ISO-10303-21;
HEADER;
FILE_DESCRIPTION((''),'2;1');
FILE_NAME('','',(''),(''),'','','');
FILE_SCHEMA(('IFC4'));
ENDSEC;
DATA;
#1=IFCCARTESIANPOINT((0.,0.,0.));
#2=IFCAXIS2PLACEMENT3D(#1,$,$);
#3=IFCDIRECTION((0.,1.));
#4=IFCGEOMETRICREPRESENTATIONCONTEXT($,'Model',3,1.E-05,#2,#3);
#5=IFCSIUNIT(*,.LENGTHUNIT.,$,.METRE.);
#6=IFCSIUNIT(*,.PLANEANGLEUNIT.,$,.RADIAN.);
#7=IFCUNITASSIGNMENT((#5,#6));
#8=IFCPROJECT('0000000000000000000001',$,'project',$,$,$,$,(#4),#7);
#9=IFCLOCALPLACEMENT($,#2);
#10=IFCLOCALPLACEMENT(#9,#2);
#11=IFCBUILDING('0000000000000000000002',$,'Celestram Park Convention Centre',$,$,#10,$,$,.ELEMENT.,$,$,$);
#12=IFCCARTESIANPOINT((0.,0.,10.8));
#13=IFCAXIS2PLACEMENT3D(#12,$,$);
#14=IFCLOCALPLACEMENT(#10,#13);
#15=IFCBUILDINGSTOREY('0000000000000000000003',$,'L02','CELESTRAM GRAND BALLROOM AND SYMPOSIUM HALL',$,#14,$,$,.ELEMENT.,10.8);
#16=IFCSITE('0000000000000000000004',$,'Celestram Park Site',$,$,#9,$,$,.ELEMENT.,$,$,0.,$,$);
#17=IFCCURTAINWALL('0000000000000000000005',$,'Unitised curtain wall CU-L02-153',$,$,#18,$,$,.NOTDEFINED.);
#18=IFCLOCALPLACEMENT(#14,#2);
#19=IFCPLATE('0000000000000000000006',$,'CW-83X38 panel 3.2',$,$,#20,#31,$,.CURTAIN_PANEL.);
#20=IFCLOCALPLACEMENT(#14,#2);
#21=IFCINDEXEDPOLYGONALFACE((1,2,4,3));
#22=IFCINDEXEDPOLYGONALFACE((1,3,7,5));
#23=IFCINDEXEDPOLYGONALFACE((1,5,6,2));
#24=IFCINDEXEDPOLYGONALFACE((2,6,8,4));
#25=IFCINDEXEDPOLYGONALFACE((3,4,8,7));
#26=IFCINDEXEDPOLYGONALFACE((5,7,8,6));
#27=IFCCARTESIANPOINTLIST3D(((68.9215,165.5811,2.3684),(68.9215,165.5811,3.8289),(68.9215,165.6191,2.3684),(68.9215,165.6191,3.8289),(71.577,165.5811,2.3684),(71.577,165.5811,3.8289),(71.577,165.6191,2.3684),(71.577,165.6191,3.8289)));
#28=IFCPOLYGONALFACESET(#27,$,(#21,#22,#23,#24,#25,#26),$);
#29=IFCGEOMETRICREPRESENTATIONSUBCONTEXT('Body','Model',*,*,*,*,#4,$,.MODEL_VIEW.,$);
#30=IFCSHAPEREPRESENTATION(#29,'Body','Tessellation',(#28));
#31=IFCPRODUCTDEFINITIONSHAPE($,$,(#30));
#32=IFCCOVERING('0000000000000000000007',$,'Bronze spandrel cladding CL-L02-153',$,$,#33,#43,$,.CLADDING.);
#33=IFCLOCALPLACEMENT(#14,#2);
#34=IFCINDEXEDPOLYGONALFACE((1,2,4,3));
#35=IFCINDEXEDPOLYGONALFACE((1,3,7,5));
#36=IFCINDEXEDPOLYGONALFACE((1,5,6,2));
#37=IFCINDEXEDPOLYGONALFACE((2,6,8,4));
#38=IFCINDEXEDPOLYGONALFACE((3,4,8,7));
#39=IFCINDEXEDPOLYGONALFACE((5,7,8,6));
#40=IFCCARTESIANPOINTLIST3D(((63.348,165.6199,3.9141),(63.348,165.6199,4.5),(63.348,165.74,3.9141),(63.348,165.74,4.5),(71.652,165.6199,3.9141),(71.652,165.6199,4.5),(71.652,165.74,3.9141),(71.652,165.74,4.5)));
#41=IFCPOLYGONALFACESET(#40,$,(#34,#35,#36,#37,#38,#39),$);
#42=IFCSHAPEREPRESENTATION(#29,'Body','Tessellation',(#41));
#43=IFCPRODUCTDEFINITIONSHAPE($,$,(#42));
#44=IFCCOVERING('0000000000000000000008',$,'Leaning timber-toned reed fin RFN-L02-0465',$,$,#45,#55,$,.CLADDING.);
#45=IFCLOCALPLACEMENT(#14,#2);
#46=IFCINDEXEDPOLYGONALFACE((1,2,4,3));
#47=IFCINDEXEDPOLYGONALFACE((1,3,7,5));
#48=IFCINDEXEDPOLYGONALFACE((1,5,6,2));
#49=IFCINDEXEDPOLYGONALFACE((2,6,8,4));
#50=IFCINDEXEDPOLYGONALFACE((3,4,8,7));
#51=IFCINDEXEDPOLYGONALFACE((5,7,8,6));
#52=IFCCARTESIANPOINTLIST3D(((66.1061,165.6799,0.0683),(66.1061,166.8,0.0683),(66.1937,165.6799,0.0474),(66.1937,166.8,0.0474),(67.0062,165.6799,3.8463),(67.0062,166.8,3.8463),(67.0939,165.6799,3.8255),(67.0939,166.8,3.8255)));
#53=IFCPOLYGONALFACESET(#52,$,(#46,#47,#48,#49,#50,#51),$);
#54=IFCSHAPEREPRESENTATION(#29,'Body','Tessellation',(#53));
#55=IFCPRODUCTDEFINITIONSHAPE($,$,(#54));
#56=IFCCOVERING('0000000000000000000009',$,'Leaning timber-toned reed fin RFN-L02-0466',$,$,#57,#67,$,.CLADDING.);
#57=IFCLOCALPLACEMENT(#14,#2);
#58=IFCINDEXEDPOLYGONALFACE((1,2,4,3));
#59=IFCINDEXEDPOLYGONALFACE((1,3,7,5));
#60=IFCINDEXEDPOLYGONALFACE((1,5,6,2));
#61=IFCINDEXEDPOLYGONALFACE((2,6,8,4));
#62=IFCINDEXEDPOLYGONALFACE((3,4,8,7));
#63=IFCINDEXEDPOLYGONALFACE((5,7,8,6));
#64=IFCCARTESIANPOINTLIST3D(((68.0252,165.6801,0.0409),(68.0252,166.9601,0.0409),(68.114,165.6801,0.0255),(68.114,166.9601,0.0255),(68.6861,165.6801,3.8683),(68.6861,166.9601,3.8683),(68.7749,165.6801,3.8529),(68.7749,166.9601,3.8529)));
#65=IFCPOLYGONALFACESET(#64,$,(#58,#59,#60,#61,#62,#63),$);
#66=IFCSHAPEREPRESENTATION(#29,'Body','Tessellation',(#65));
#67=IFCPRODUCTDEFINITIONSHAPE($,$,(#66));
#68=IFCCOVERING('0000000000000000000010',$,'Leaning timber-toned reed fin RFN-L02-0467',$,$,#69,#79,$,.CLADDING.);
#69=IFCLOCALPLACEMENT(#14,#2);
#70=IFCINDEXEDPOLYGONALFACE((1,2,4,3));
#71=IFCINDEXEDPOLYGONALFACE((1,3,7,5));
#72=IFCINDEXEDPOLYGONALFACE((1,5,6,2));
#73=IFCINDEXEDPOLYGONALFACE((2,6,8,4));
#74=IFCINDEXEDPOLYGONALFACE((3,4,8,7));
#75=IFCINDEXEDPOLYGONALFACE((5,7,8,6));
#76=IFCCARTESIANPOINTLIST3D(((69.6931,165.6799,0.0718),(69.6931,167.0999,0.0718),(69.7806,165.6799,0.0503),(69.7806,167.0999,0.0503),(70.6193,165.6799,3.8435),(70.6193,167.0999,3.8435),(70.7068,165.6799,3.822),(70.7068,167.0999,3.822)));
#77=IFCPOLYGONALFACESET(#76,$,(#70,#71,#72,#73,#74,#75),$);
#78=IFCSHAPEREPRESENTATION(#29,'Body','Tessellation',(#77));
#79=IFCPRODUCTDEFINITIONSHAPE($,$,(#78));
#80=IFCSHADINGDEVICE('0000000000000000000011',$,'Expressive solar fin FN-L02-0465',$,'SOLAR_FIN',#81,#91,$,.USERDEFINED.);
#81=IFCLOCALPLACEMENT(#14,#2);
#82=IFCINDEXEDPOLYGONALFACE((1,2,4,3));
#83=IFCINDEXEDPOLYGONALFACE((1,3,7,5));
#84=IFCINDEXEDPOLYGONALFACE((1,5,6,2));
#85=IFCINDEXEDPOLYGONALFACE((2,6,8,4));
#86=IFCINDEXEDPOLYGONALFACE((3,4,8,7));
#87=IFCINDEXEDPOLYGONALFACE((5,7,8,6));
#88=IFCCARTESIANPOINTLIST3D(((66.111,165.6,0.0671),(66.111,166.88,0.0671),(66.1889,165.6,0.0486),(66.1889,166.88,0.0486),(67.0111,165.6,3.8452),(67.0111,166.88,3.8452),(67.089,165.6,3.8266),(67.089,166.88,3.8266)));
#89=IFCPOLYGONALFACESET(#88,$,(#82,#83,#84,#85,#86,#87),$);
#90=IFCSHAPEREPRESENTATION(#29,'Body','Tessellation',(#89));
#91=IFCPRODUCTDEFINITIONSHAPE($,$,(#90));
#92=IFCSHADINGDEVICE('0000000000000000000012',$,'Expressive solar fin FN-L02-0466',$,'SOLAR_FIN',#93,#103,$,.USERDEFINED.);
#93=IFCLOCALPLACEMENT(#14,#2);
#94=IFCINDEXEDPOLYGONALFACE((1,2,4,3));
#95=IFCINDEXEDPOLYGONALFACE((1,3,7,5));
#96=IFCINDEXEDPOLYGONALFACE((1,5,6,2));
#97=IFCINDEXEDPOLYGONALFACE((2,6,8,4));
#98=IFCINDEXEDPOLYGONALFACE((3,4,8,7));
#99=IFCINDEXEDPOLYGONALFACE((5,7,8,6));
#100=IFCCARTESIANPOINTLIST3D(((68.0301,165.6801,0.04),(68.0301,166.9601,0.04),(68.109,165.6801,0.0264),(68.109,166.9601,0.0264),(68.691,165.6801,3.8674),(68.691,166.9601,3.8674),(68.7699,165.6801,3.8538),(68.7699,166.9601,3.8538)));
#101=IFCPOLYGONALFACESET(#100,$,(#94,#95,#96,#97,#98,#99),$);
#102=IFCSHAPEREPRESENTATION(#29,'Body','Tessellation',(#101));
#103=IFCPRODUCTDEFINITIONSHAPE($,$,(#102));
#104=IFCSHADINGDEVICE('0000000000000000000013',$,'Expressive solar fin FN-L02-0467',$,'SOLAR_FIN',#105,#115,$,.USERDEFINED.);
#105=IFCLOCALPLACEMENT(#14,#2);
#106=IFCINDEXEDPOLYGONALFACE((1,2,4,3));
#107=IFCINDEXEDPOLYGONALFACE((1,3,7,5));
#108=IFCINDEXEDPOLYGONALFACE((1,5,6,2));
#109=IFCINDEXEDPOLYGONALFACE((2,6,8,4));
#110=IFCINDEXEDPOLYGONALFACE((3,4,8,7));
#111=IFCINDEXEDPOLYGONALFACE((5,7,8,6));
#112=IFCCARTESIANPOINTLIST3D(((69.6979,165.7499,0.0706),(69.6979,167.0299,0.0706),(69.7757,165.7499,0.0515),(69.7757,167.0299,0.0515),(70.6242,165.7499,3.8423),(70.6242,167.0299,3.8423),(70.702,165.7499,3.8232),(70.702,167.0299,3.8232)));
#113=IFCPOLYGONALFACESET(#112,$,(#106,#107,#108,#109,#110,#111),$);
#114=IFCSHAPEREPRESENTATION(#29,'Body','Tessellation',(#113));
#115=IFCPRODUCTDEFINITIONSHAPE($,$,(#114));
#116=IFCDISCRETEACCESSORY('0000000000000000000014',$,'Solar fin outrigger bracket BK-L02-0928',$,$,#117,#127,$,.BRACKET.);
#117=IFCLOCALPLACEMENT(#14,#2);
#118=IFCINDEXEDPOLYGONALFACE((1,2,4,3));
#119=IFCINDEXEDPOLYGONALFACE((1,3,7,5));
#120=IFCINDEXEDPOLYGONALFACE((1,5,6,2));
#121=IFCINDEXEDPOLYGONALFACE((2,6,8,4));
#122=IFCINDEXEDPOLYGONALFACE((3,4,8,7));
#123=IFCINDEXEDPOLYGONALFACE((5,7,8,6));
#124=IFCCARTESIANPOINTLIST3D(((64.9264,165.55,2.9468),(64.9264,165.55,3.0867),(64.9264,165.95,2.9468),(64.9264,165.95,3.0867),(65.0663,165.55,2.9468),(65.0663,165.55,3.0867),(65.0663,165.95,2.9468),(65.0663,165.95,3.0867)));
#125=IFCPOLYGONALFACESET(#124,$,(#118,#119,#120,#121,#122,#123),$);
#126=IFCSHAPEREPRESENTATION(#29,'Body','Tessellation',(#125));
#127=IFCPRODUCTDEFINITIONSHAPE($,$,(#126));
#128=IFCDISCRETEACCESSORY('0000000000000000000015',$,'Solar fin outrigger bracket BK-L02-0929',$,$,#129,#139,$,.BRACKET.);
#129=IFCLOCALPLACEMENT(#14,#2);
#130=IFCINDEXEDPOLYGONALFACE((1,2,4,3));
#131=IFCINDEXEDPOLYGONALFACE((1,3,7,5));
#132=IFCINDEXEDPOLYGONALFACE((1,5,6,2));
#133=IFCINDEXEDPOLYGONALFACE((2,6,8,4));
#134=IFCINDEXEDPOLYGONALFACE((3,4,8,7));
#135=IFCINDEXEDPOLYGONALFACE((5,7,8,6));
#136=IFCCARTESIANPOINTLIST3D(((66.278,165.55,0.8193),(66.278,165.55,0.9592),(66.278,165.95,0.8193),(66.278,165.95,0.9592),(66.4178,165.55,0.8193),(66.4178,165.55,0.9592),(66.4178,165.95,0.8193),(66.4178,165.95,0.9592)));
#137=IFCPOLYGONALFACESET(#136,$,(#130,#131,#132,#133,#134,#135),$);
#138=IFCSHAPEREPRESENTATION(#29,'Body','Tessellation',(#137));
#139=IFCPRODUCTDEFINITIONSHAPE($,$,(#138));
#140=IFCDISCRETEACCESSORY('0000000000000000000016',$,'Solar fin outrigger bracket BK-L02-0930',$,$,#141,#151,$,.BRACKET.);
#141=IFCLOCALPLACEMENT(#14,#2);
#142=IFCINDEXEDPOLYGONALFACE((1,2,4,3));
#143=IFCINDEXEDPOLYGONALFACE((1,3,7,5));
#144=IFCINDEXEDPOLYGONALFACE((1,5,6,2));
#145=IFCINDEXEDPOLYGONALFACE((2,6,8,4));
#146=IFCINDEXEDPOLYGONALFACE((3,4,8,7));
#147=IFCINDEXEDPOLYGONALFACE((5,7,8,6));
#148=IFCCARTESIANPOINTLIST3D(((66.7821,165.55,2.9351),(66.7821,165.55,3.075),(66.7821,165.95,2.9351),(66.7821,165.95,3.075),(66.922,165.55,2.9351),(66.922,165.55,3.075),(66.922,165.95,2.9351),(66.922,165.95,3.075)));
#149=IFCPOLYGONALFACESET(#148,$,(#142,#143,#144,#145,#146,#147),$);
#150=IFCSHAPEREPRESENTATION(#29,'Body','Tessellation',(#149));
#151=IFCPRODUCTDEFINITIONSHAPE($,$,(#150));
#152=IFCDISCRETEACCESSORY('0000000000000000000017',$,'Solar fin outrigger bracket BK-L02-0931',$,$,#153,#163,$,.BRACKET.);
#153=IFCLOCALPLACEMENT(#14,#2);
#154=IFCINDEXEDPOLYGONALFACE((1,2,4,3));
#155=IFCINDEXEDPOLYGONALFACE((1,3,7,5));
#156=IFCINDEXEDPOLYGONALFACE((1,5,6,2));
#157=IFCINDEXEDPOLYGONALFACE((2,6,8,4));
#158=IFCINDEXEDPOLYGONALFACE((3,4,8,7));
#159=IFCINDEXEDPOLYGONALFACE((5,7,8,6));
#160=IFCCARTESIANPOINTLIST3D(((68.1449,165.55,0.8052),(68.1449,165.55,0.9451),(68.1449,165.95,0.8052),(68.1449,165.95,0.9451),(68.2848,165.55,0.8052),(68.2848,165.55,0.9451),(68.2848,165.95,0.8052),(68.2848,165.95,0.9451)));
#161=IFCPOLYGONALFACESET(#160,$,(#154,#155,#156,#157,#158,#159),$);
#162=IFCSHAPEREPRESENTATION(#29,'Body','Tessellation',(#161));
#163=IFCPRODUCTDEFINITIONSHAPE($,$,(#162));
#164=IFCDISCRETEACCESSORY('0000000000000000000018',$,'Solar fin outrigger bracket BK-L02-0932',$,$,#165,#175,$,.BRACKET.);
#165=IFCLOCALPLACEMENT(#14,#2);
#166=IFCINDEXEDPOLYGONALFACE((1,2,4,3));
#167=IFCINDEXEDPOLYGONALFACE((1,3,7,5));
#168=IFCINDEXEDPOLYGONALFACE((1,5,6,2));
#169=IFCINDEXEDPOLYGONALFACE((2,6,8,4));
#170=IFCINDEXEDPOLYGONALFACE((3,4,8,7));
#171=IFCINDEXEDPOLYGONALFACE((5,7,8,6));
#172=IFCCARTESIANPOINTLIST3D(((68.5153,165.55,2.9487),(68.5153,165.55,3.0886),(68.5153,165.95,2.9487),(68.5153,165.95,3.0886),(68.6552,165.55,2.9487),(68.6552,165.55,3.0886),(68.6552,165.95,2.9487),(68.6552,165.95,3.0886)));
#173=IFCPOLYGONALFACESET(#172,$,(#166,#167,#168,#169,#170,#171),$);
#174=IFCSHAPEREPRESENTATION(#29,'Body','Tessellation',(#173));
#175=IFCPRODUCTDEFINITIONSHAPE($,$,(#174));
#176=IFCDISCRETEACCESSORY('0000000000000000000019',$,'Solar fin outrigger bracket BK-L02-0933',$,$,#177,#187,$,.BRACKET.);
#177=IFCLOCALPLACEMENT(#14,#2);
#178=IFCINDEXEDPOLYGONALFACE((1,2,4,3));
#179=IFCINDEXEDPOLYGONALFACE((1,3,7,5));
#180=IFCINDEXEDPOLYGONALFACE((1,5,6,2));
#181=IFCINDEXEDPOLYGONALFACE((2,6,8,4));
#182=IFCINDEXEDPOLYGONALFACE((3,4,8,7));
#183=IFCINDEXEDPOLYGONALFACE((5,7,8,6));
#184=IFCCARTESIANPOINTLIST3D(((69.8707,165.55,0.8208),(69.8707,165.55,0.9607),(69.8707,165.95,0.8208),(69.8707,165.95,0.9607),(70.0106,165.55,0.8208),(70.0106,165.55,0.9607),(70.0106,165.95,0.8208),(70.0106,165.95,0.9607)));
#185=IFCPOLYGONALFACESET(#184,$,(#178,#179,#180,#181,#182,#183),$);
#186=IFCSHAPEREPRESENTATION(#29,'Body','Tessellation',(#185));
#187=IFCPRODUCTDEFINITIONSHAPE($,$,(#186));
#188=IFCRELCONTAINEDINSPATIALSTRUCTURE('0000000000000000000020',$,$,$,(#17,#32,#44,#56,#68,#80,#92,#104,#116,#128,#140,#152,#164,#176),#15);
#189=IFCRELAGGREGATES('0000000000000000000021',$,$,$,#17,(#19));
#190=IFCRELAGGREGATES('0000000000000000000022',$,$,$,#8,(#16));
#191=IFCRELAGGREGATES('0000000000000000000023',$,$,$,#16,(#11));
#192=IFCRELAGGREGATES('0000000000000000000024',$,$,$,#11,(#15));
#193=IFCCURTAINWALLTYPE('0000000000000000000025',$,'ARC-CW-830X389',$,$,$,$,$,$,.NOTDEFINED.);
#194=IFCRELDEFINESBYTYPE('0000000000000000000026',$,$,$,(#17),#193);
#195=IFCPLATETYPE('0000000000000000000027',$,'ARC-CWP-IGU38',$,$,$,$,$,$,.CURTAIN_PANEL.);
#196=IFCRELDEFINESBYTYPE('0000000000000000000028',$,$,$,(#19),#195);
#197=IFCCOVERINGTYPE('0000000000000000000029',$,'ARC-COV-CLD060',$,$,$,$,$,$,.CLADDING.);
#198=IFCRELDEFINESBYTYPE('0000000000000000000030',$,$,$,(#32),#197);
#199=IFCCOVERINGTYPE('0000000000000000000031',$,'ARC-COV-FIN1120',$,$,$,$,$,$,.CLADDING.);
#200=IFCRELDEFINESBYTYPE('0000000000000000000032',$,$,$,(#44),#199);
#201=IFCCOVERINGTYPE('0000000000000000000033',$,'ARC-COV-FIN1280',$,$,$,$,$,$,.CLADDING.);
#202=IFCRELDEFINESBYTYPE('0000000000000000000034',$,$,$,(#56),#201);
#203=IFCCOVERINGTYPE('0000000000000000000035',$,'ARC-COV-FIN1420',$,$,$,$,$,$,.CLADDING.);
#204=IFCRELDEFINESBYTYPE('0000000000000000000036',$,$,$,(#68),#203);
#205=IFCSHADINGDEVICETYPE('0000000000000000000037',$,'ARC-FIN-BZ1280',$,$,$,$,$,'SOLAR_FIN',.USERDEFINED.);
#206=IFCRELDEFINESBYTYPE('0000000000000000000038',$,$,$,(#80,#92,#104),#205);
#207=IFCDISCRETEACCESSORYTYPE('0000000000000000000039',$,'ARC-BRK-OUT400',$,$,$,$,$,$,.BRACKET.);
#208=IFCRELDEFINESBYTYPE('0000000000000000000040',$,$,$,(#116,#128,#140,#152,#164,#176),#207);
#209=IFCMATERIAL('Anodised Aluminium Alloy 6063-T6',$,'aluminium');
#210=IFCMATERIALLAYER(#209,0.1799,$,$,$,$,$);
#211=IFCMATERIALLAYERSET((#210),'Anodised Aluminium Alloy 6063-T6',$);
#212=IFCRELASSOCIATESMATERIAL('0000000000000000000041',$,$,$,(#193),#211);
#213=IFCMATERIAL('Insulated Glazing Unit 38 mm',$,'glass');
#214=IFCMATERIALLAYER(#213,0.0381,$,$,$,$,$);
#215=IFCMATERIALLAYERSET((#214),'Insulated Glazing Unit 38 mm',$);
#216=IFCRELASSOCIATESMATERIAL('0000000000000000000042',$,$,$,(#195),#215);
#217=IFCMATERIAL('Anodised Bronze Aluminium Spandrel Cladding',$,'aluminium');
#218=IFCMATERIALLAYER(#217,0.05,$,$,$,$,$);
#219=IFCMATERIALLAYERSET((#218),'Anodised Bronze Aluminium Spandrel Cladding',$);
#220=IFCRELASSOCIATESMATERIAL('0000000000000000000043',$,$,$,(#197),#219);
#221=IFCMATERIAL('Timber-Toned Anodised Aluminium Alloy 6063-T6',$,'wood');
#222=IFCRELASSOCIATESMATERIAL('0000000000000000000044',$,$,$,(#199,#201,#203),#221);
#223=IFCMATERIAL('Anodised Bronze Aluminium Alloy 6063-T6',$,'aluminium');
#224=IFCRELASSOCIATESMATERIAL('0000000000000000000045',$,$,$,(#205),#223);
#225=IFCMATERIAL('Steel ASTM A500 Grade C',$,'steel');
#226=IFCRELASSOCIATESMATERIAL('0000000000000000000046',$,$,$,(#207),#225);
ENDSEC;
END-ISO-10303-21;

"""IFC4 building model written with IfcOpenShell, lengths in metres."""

from ifc_helpers import new_model, si_unit, direction, frame, origin, origin_2d, place, context, subcontext, project, spatial, rectangle, extrude, material, layer, layer_set, material_profile, profile_set, type_object, element, aggregate, save


model = new_model("IFC4")

# Units and contexts
model_context = context("Model", 3, precision=1e-05, world=origin(), true_north=direction((0.0, 1.0)))
body_context = subcontext(model_context, "Body", "Model", "MODEL_VIEW")
ifc_project = project(units=[si_unit("LENGTHUNIT", "METRE"), si_unit("PLANEANGLEUNIT", "RADIAN")], contexts=[model_context])

# Site, building, storey
site_placement = place(None, origin())
site = spatial("IfcSite", under=ifc_project, at=site_placement, Name="Celestram Park Site", CompositionType="ELEMENT", RefElevation=0.0)
building_placement = place(site_placement, origin())
building = spatial("IfcBuilding", under=site, at=building_placement, Name="Celestram Park Convention Centre", CompositionType="ELEMENT")
storey_placement = place(building_placement, frame((0.0, 0.0, 10.8)))
storey = spatial("IfcBuildingStorey", under=building, at=storey_placement, Name="L02", Description="CELESTRAM GRAND BALLROOM AND SYMPOSIUM HALL", CompositionType="ELEMENT", Elevation=10.8)

# Curtain wall, plate
ifc_material_1 = material(Name="Anodised Aluminium Alloy 6063-T6", Category="aluminium")
ifc_layer_1 = layer(ifc_material_1, 0.1799)
ifc_layer_set_1 = layer_set([ifc_layer_1], Name="Anodised Aluminium Alloy 6063-T6")
curtain_wall_type = type_object("IfcCurtainWallType", Name="ARC-CW-830X389", PredefinedType="NOTDEFINED", material=ifc_layer_set_1)
curtain_wall_placement = place(storey_placement, origin())
curtain_wall = element("IfcCurtainWall", 1, at=curtain_wall_placement, inside=storey, type_object=curtain_wall_type, Name="Unitised curtain wall CU-L02-153", PredefinedType="NOTDEFINED")
ifc_material_2 = material(Name="Insulated Glazing Unit 38 mm", Category="glass")
ifc_layer_2 = layer(ifc_material_2, 0.0381)
ifc_layer_set_2 = layer_set([ifc_layer_2], Name="Insulated Glazing Unit 38 mm")
plate_type = type_object("IfcPlateType", Name="ARC-CWP-IGU38", PredefinedType="CURTAIN_PANEL", material=ifc_layer_set_2)
plate_1_placement = place(storey_placement, frame((70.2493, 165.6001, 2.3684), z_axis=(0.0, 0.0, 1.0), x_axis=(1.0, 0.0, 0.0)))
plate_1 = element("IfcPlate", 2, at=plate_1_placement, type_object=plate_type, Name="CW-83X38 panel 3.2", PredefinedType="CURTAIN_PANEL", context=body_context, shape_type="SweptSolid", body=[
    extrude(rectangle(XDim=2.6555, YDim=0.0381, at=origin_2d()), origin(), (0.0, 0.0, 1.0), 1.4604),
])
aggregate(curtain_wall, [plate_1])

# Coverings
ifc_material_3 = material(Name="Anodised Bronze Aluminium Spandrel Cladding", Category="aluminium")
ifc_layer_3 = layer(ifc_material_3, 0.05)
ifc_layer_set_3 = layer_set([ifc_layer_3], Name="Anodised Bronze Aluminium Spandrel Cladding")
covering_type_1 = type_object("IfcCoveringType", Name="ARC-COV-CLD060", PredefinedType="CLADDING", material=ifc_layer_set_3)
covering_1_placement = place(storey_placement, frame((67.5, 165.6799, 3.9141), z_axis=(0.0, 0.0, 1.0), x_axis=(1.0, 0.0, 0.0)))
element("IfcCovering", 3, at=covering_1_placement, inside=storey, type_object=covering_type_1, Name="Bronze spandrel cladding CL-L02-153", PredefinedType="CLADDING", context=body_context, shape_type="SweptSolid", body=[
    extrude(rectangle(XDim=8.304, YDim=0.1201, at=origin_2d()), origin(), (0.0, 0.0, 1.0), 0.5859),
])
ifc_material_4 = material(Name="Timber-Toned Anodised Aluminium Alloy 6063-T6", Category="wood")
ifc_material_profile_1 = material_profile(ifc_material_4, rectangle(XDim=1.1201, YDim=0.0901, at=origin_2d()), Name="REED1120X90")
ifc_profile_set_1 = profile_set([ifc_material_profile_1], Name="Timber-Toned Anodised Aluminium Alloy 6063-T6")
covering_type_2 = type_object("IfcCoveringType", Name="ARC-COV-FIN1120", PredefinedType="CLADDING", material=ifc_profile_set_1)
covering_2_placement = place(storey_placement, frame((66.1499, 166.24, 0.0579), z_axis=(0.231768, 0.0, 0.972771), x_axis=(0.0, 1.0, 0.0)))
element("IfcCovering", 4, at=covering_2_placement, inside=storey, type_object=covering_type_2, Name="Leaning timber-toned reed fin RFN-L02-0465", PredefinedType="CLADDING", context=body_context, shape_type="SweptSolid", body=[
    extrude(rectangle(XDim=1.1201, YDim=0.0901, at=origin_2d()), origin(), (0.0, 0.0, 1.0), 3.8838),
])
ifc_material_profile_2 = material_profile(ifc_material_4, rectangle(XDim=1.28, YDim=0.0901, at=origin_2d()), Name="REED1280X90")
ifc_profile_set_2 = profile_set([ifc_material_profile_2], Name="Timber-Toned Anodised Aluminium Alloy 6063-T6")
covering_type_3 = type_object("IfcCoveringType", Name="ARC-COV-FIN1280", PredefinedType="CLADDING", material=ifc_profile_set_2)
covering_3_placement = place(storey_placement, frame((68.0696, 166.3201, 0.0332), z_axis=(0.170155, 0.0, 0.985417), x_axis=(0.0, 1.0, 0.0)))
element("IfcCovering", 5, at=covering_3_placement, inside=storey, type_object=covering_type_3, Name="Leaning timber-toned reed fin RFN-L02-0466", PredefinedType="CLADDING", context=body_context, shape_type="SweptSolid", body=[
    extrude(rectangle(XDim=1.28, YDim=0.0901, at=origin_2d()), origin(), (0.0, 0.0, 1.0), 3.884),
])
ifc_material_profile_3 = material_profile(ifc_material_4, rectangle(XDim=1.4199, YDim=0.0901, at=origin_2d()), Name="REED1420X90")
ifc_profile_set_3 = profile_set([ifc_material_profile_3], Name="Timber-Toned Anodised Aluminium Alloy 6063-T6")
covering_type_4 = type_object("IfcCoveringType", Name="ARC-COV-FIN1420", PredefinedType="CLADDING", material=ifc_profile_set_3)
covering_4_placement = place(storey_placement, frame((69.7368, 166.3899, 0.061), z_axis=(0.238496, 0.0, 0.971144), x_axis=(0.0, 1.0, 0.0)))
element("IfcCovering", 6, at=covering_4_placement, inside=storey, type_object=covering_type_4, Name="Leaning timber-toned reed fin RFN-L02-0467", PredefinedType="CLADDING", context=body_context, shape_type="SweptSolid", body=[
    extrude(rectangle(XDim=1.4199, YDim=0.0901, at=origin_2d()), origin(), (0.0, 0.0, 1.0), 3.8838),
])

# Shading devices
ifc_material_5 = material(Name="Anodised Bronze Aluminium Alloy 6063-T6", Category="aluminium")
ifc_material_profile_4 = material_profile(ifc_material_5, rectangle(XDim=1.28, YDim=0.0801, at=origin_2d()), Name="FIN1280X80")
ifc_profile_set_4 = profile_set([ifc_material_profile_4], Name="Anodised Bronze Aluminium Alloy 6063-T6")
shading_device_type = type_object("IfcShadingDeviceType", Name="ARC-FIN-BZ1280", ElementType="SOLAR_FIN", PredefinedType="USERDEFINED", material=ifc_profile_set_4)
shading_device_1_placement = place(storey_placement, frame((66.1499, 166.24, 0.0579), z_axis=(0.231768, 0.0, 0.972771), x_axis=(0.0, 1.0, 0.0)))
element("IfcShadingDevice", 7, at=shading_device_1_placement, inside=storey, type_object=shading_device_type, Name="Expressive solar fin FN-L02-0465", ObjectType="SOLAR_FIN", PredefinedType="USERDEFINED", context=body_context, shape_type="SweptSolid", body=[
    extrude(rectangle(XDim=1.28, YDim=0.0801, at=origin_2d()), origin(), (0.0, 0.0, 1.0), 3.8838),
])
shading_device_2_placement = place(storey_placement, frame((68.0696, 166.3201, 0.0332), z_axis=(0.170155, 0.0, 0.985417), x_axis=(0.0, 1.0, 0.0)))
element("IfcShadingDevice", 8, at=shading_device_2_placement, inside=storey, type_object=shading_device_type, Name="Expressive solar fin FN-L02-0466", ObjectType="SOLAR_FIN", PredefinedType="USERDEFINED", context=body_context, shape_type="SweptSolid", body=[
    extrude(rectangle(XDim=1.28, YDim=0.0801, at=origin_2d()), origin(), (0.0, 0.0, 1.0), 3.884),
])
shading_device_3_placement = place(storey_placement, frame((69.7368, 166.3899, 0.061), z_axis=(0.238496, 0.0, 0.971144), x_axis=(0.0, 1.0, 0.0)))
element("IfcShadingDevice", 9, at=shading_device_3_placement, inside=storey, type_object=shading_device_type, Name="Expressive solar fin FN-L02-0467", ObjectType="SOLAR_FIN", PredefinedType="USERDEFINED", context=body_context, shape_type="SweptSolid", body=[
    extrude(rectangle(XDim=1.28, YDim=0.0801, at=origin_2d()), origin(), (0.0, 0.0, 1.0), 3.8838),
])

# Discrete accessories
ifc_material_6 = material(Name="Steel ASTM A500 Grade C", Category="steel")
discrete_accessory_type = type_object("IfcDiscreteAccessoryType", Name="ARC-BRK-OUT400", PredefinedType="BRACKET", material=ifc_material_6)
for number, where, z_axis, x_axis, name in (
    (10, (64.9963, 165.75, 2.9468), (0.0, 0.0, 1.0), (0.0, 1.0, 0.0), "Solar fin outrigger bracket BK-L02-0928"),
    (11, (66.3479, 165.75, 0.8193), (0.0, 0.0, 1.0), (0.0, 1.0, 0.0), "Solar fin outrigger bracket BK-L02-0929"),
    (12, (66.8521, 165.75, 2.9351), (0.0, 0.0, 1.0), (0.0, 1.0, 0.0), "Solar fin outrigger bracket BK-L02-0930"),
    (13, (68.2148, 165.75, 0.8052), (0.0, 0.0, 1.0), (0.0, 1.0, 0.0), "Solar fin outrigger bracket BK-L02-0931"),
    (14, (68.5852, 165.75, 2.9487), (0.0, 0.0, 1.0), (0.0, 1.0, 0.0), "Solar fin outrigger bracket BK-L02-0932"),
    (15, (69.9407, 165.75, 0.8208), (0.0, 0.0, 1.0), (0.0, 1.0, 0.0), "Solar fin outrigger bracket BK-L02-0933"),
):
    element("IfcDiscreteAccessory", number, at=place(storey_placement, frame(where, z_axis=z_axis, x_axis=x_axis)), inside=storey, type_object=discrete_accessory_type, Name=name, PredefinedType="BRACKET", context=body_context, shape_type="SweptSolid", body=[
        extrude(rectangle(XDim=0.3999, YDim=0.1399, at=origin_2d()), origin(), (0.0, 0.0, 1.0), 0.1399),
    ])

save(model, "model.ifc")
